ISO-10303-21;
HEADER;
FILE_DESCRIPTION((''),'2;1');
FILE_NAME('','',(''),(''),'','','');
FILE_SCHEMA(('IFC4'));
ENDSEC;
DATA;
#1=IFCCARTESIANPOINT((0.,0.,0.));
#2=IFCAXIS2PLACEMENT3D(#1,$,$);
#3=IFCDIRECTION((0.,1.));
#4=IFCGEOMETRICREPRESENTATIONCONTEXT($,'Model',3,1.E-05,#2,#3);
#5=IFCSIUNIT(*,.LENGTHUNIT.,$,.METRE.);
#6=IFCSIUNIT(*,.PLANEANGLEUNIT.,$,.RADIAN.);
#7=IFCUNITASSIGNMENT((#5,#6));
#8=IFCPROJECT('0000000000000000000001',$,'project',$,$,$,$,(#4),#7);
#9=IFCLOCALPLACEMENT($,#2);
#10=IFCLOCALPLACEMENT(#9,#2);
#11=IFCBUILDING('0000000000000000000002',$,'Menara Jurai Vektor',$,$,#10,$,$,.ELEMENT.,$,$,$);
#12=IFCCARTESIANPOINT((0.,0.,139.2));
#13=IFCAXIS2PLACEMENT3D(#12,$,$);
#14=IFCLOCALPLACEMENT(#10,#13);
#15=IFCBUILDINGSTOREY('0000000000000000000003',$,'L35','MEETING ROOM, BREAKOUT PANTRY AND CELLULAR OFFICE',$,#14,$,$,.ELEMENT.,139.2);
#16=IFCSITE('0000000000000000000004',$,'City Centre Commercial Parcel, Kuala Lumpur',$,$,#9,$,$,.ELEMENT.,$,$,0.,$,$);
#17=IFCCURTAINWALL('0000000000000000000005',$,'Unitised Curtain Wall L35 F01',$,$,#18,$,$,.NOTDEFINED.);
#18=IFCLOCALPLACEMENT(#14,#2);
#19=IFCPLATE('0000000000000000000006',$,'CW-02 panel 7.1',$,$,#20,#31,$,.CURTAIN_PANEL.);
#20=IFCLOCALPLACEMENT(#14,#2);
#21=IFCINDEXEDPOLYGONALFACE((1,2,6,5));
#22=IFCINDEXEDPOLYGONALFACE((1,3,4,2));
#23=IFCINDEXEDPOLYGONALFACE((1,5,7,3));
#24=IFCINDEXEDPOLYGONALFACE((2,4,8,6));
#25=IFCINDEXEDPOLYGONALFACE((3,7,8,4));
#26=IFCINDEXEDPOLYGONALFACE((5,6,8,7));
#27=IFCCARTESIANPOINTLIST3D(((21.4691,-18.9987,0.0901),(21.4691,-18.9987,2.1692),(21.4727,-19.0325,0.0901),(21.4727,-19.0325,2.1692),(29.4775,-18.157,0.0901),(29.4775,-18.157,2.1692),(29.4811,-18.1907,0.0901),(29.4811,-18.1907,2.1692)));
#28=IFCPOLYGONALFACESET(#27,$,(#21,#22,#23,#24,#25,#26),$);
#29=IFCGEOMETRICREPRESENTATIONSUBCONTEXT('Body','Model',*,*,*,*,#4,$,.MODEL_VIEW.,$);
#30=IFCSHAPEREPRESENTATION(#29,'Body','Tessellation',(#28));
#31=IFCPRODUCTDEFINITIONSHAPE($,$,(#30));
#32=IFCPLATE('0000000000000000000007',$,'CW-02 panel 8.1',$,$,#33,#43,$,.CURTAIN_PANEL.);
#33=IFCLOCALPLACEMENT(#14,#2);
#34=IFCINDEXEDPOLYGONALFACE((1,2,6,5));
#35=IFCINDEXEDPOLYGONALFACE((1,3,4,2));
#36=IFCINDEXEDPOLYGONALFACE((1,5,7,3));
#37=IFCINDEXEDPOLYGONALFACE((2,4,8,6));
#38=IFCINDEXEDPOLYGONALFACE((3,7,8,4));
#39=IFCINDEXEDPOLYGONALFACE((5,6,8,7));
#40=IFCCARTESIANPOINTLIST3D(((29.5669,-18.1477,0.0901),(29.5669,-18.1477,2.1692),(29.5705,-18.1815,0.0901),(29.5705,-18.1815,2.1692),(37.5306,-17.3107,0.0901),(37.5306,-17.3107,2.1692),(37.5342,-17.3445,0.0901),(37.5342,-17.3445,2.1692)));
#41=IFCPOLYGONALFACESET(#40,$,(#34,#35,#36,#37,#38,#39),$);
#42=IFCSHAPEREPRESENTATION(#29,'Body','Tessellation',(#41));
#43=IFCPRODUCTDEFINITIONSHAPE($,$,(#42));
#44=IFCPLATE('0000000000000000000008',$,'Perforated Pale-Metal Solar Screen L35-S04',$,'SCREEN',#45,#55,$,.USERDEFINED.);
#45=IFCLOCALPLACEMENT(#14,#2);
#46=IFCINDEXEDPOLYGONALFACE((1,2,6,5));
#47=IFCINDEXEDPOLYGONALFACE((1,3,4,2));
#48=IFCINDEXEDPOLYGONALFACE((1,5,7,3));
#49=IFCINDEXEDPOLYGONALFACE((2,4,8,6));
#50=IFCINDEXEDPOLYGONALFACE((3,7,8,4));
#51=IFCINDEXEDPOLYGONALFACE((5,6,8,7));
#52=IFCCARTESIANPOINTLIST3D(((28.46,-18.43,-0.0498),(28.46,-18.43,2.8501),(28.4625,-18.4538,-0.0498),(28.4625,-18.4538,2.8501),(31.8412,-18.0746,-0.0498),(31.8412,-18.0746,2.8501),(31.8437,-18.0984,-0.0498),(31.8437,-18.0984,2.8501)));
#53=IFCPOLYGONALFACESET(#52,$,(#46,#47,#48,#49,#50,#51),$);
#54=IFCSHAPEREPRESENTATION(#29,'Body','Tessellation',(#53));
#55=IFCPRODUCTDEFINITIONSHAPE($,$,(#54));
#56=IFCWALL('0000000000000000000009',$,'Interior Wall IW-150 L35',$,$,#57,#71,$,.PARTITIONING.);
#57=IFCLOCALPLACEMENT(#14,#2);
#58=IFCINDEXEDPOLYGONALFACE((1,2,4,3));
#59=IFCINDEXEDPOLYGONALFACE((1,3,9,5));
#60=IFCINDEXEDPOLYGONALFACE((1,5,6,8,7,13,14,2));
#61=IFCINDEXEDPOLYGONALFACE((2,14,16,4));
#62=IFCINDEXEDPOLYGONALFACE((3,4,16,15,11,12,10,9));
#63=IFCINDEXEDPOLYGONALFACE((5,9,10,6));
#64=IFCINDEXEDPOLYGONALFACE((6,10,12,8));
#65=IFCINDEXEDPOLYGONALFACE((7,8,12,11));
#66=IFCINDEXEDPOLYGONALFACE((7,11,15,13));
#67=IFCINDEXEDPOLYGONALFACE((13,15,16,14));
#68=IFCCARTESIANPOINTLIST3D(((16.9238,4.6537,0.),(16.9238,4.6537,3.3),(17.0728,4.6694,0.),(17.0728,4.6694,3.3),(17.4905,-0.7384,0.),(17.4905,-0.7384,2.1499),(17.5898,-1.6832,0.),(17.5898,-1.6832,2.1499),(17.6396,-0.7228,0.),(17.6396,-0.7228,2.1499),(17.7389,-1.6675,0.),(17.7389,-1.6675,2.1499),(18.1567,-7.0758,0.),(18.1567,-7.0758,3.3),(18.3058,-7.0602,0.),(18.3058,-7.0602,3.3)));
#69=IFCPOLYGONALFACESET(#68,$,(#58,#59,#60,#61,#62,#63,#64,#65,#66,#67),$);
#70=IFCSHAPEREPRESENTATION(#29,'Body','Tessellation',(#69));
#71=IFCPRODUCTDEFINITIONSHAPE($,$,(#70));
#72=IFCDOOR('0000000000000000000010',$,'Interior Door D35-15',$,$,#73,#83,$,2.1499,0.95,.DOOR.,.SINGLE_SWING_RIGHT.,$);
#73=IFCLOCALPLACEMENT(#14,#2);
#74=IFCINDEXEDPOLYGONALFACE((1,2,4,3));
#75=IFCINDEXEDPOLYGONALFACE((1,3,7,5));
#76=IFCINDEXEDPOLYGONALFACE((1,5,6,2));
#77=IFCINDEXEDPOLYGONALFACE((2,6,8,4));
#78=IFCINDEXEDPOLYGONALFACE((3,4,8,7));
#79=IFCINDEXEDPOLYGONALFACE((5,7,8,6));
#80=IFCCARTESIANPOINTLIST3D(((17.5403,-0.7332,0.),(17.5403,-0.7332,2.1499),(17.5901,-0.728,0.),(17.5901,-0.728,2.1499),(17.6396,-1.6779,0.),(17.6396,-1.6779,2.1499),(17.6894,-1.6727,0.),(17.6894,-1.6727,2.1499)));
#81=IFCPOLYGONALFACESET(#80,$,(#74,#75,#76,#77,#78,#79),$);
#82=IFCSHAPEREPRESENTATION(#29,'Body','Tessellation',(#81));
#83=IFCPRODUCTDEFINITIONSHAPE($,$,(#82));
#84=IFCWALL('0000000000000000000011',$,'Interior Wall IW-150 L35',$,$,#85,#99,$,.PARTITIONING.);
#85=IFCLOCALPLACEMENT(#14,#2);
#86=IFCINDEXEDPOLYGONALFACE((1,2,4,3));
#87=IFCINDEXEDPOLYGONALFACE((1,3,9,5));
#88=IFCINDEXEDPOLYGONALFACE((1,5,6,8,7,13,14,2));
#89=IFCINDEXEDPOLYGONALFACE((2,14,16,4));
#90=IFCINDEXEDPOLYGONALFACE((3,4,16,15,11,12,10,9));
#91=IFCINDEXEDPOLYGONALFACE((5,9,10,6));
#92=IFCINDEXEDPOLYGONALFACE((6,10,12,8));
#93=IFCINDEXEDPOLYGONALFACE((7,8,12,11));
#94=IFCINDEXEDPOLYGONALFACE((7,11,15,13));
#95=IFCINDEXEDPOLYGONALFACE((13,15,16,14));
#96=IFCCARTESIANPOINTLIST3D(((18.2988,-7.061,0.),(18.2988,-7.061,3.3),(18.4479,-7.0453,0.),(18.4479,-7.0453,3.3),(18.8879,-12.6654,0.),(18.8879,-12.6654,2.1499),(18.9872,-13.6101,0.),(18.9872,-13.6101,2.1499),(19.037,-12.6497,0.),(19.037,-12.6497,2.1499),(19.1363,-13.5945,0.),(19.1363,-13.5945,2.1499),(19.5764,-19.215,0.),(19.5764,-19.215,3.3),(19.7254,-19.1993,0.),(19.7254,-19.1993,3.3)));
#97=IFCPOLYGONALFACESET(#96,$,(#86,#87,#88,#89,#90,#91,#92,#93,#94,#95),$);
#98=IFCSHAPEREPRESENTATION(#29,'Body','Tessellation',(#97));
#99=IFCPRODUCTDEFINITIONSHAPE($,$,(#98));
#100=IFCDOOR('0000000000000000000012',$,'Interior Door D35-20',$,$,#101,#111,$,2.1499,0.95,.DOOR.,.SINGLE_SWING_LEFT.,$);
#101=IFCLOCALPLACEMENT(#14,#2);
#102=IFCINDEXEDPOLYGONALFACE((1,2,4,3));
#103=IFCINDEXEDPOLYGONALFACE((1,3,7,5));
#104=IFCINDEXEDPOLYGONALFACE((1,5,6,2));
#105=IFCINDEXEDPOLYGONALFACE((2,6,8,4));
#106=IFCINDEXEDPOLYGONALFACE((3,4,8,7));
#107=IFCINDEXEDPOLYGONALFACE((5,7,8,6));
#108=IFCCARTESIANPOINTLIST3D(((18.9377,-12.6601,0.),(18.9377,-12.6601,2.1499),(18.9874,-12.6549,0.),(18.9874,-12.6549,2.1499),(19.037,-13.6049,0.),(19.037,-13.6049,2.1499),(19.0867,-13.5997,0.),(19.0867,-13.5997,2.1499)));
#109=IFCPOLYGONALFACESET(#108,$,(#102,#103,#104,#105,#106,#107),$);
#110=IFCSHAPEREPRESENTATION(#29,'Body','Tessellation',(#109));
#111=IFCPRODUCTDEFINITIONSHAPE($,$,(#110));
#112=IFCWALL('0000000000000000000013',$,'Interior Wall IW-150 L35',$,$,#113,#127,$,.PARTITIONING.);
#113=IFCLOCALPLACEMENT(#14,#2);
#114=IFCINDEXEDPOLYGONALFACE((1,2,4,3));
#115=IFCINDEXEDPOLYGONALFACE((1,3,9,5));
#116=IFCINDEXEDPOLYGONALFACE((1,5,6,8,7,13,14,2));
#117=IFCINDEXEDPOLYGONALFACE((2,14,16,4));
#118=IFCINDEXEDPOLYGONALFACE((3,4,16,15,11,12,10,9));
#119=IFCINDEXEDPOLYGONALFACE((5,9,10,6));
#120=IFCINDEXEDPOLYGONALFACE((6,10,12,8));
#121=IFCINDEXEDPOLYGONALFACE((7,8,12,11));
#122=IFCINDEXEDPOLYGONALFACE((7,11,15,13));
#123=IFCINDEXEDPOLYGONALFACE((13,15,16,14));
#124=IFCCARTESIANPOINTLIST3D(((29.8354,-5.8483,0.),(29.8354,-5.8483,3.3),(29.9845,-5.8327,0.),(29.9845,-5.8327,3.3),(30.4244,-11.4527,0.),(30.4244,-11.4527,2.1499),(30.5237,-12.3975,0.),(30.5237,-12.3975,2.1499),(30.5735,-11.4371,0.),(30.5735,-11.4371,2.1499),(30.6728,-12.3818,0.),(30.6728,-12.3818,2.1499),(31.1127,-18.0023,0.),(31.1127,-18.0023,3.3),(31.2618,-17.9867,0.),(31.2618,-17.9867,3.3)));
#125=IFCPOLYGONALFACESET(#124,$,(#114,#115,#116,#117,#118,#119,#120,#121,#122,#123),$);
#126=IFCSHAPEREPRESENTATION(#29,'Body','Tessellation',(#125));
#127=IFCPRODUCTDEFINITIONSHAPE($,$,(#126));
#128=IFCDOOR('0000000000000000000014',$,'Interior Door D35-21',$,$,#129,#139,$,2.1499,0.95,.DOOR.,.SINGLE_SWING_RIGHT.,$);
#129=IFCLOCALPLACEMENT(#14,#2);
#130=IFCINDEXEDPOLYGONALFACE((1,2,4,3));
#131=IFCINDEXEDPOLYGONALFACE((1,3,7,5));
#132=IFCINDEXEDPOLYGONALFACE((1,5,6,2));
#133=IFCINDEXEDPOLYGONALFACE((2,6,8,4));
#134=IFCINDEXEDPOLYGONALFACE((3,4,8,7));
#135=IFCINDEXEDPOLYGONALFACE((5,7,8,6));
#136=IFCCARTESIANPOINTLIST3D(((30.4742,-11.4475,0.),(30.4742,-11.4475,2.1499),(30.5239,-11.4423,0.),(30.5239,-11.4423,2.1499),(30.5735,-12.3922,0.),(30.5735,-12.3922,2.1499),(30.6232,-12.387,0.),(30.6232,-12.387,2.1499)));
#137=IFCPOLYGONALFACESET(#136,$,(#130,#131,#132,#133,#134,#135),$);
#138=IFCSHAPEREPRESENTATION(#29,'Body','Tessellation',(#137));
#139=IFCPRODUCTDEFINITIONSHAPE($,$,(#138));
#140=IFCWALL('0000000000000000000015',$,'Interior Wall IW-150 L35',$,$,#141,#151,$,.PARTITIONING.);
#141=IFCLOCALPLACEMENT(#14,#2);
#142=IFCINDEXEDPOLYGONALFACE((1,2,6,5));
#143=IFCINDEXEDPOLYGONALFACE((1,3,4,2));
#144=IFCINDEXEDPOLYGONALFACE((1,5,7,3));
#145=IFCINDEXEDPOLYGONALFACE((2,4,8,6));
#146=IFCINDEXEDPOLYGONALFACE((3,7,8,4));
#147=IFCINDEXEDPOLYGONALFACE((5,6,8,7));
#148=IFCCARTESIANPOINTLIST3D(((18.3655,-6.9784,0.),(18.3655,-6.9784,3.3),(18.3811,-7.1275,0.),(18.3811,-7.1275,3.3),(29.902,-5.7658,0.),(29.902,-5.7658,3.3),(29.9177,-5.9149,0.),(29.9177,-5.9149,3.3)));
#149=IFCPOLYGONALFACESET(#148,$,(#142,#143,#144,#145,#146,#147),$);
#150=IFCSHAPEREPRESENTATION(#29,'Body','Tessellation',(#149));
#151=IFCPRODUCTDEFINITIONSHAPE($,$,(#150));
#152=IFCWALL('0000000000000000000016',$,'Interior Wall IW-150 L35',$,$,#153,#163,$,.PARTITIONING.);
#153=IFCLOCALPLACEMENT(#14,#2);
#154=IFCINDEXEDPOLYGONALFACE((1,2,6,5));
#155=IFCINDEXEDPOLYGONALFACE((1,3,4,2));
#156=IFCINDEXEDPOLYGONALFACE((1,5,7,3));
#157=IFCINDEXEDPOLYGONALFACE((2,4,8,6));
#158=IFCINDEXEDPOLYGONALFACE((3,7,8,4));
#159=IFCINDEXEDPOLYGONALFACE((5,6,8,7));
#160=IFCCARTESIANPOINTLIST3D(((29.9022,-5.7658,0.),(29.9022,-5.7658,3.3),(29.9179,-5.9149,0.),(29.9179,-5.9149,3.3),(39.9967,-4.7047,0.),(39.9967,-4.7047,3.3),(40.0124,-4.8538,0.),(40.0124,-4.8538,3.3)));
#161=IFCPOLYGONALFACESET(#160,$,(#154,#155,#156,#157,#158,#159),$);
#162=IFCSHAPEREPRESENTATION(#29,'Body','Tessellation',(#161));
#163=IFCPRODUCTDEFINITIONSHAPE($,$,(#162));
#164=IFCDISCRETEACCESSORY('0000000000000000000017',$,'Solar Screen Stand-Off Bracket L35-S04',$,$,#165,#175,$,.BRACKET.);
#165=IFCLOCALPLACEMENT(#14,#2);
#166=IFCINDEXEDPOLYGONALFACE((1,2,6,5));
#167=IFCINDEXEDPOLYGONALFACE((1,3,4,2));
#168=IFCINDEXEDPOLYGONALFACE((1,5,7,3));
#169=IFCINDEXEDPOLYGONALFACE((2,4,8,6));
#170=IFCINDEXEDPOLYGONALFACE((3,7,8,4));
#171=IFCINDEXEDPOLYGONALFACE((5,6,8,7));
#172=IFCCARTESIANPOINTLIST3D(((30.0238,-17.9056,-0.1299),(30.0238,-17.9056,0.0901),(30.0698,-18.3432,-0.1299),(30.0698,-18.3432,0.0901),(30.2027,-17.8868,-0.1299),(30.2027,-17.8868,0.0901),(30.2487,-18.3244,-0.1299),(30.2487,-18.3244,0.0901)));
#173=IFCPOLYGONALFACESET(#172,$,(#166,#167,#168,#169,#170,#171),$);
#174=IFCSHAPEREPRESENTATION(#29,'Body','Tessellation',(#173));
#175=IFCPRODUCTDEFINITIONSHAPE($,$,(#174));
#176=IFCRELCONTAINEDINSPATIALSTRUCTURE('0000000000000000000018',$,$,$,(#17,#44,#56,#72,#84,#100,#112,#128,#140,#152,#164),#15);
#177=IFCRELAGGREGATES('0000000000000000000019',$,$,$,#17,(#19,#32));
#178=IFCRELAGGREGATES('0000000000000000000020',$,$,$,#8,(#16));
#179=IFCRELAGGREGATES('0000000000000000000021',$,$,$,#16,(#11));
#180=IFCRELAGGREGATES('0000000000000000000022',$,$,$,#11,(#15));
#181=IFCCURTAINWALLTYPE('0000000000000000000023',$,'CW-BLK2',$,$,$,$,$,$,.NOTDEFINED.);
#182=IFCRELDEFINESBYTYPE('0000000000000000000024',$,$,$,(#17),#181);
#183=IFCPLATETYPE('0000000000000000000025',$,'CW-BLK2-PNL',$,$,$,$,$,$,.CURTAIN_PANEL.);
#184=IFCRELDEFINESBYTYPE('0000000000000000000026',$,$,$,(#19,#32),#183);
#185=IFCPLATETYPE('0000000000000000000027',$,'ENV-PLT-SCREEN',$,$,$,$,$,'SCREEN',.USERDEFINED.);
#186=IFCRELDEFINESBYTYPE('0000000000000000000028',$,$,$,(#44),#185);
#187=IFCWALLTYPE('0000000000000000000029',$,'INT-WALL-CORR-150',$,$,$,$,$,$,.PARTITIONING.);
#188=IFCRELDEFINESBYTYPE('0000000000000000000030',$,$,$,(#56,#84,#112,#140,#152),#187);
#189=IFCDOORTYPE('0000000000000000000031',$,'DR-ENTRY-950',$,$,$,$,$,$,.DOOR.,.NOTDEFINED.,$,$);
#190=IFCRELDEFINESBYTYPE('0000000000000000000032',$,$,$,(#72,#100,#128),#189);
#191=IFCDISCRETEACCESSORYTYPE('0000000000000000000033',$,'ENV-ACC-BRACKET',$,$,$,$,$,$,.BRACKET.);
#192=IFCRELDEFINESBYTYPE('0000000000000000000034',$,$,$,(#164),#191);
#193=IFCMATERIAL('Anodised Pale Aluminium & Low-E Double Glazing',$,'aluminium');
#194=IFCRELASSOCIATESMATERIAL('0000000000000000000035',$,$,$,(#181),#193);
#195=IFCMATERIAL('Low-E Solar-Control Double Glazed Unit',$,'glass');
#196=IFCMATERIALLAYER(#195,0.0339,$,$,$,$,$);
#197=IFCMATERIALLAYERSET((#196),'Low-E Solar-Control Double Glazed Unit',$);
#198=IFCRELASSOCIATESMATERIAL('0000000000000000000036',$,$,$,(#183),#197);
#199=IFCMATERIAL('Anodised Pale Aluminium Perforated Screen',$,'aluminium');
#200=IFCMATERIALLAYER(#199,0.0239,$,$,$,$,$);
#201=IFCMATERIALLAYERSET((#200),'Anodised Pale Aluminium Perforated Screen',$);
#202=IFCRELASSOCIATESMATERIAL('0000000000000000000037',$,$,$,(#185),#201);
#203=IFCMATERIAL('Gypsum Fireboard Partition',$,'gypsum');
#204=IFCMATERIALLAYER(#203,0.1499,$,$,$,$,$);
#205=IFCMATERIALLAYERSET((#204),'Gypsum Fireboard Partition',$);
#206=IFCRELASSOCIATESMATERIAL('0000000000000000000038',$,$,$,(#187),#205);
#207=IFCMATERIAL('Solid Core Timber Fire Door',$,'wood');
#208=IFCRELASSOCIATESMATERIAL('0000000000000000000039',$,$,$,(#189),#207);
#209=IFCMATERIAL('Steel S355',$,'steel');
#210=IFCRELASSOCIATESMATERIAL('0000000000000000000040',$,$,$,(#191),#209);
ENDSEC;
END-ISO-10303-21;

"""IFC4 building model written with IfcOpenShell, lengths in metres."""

from ifc_helpers import new_model, si_unit, direction, frame, frame_2d, origin, origin_2d, place, context, subcontext, project, spatial, rectangle, extrude, material, layer, layer_set, type_object, element, fill, aggregate, save


model = new_model("IFC4")

# Units and contexts
model_context = context("Model", 3, precision=1e-05, world=origin(), true_north=direction((0.0, 1.0)))
body_context = subcontext(model_context, "Body", "Model", "MODEL_VIEW")
ifc_project = project(units=[si_unit("LENGTHUNIT", "METRE"), si_unit("PLANEANGLEUNIT", "RADIAN")], contexts=[model_context])

# Site, building, storey
site_placement = place(None, origin())
site = spatial("IfcSite", under=ifc_project, at=site_placement, Name="City Centre Commercial Parcel, Kuala Lumpur", CompositionType="ELEMENT", RefElevation=0.0)
building_placement = place(site_placement, origin())
building = spatial("IfcBuilding", under=site, at=building_placement, Name="Menara Jurai Vektor", CompositionType="ELEMENT")
storey_placement = place(building_placement, frame((0.0, 0.0, 139.2)))
storey = spatial("IfcBuildingStorey", under=building, at=storey_placement, Name="L35", Description="MEETING ROOM, BREAKOUT PANTRY AND CELLULAR OFFICE", CompositionType="ELEMENT", Elevation=139.2)

# Curtain wall
ifc_material_1 = material(Name="Anodised Pale Aluminium & Low-E Double Glazing", Category="aluminium")
curtain_wall_type = type_object("IfcCurtainWallType", Name="CW-BLK2", PredefinedType="NOTDEFINED", material=ifc_material_1)
curtain_wall_placement = place(storey_placement, origin())
curtain_wall = element("IfcCurtainWall", 1, at=curtain_wall_placement, inside=storey, type_object=curtain_wall_type, Name="Unitised Curtain Wall L35 F01", PredefinedType="NOTDEFINED")

# Shared definitions
ifc_material_2 = material(Name="Steel S355", Category="steel")

# Plates
ifc_material_3 = material(Name="Low-E Solar-Control Double Glazed Unit", Category="glass")
ifc_layer_1 = layer(ifc_material_3, 0.0339)
ifc_layer_set_1 = layer_set([ifc_layer_1], Name="Low-E Solar-Control Double Glazed Unit")
plate_type_1 = type_object("IfcPlateType", Name="CW-BLK2-PNL", PredefinedType="CURTAIN_PANEL", material=ifc_layer_set_1)
plate_1_placement = place(storey_placement, frame((25.4751, -18.5947, 0.0901), z_axis=(0.0, 0.0, 1.0), x_axis=(0.994522, 0.104529, 0.0)))
plate_1 = element("IfcPlate", 2, at=plate_1_placement, type_object=plate_type_1, Name="CW-02 panel 7.1", PredefinedType="CURTAIN_PANEL", context=body_context, shape_type="SweptSolid", body=[
    extrude(rectangle(XDim=8.0525, YDim=0.0339, at=origin_2d()), origin(), (0.0, 0.0, 1.0), 2.0791),
])
plate_2_placement = place(storey_placement, frame((33.5505, -17.7461, 0.0901), z_axis=(0.0, 0.0, 1.0), x_axis=(0.994522, 0.104529, 0.0)))
plate_2 = element("IfcPlate", 3, at=plate_2_placement, type_object=plate_type_1, Name="CW-02 panel 8.1", PredefinedType="CURTAIN_PANEL", context=body_context, shape_type="SweptSolid", body=[
    extrude(rectangle(XDim=8.0076, YDim=0.0339, at=origin_2d()), origin(), (0.0, 0.0, 1.0), 2.0791),
])
aggregate(curtain_wall, [plate_1, plate_2])
ifc_material_4 = material(Name="Anodised Pale Aluminium Perforated Screen", Category="aluminium")
ifc_layer_2 = layer(ifc_material_4, 0.0239)
ifc_layer_set_2 = layer_set([ifc_layer_2], Name="Anodised Pale Aluminium Perforated Screen")
plate_type_2 = type_object("IfcPlateType", Name="ENV-PLT-SCREEN", ElementType="SCREEN", PredefinedType="USERDEFINED", material=ifc_layer_set_2)
plate_3_placement = place(storey_placement, frame((30.1519, -18.2642, -0.0498), z_axis=(0.0, 0.0, 1.0), x_axis=(0.994522, 0.104528, 0.0)))
element("IfcPlate", 4, at=plate_3_placement, inside=storey, type_object=plate_type_2, Name="Perforated Pale-Metal Solar Screen L35-S04", ObjectType="SCREEN", PredefinedType="USERDEFINED", context=body_context, shape_type="SweptSolid", body=[
    extrude(rectangle(XDim=3.3999, YDim=0.0239, at=origin_2d()), origin(), (0.0, 0.0, 1.0), 2.8999),
])

# Walls, openings, doors
ifc_material_5 = material(Name="Gypsum Fireboard Partition", Category="gypsum")
ifc_layer_3 = layer(ifc_material_5, 0.1499)
ifc_layer_set_3 = layer_set([ifc_layer_3], Name="Gypsum Fireboard Partition")
wall_type = type_object("IfcWallType", Name="INT-WALL-CORR-150", PredefinedType="PARTITIONING", material=ifc_layer_set_3)
wall_1_placement = place(storey_placement, frame((18.2312, -7.0679, 0.0), z_axis=(0.0, 0.0, 1.0), x_axis=(-0.104536, 0.994521, 0.0)))
wall_1 = element("IfcWall", 5, at=wall_1_placement, inside=storey, type_object=wall_type, Name="Interior Wall IW-150 L35", PredefinedType="PARTITIONING", context=body_context, shape_type="SweptSolid", body=[
    extrude(rectangle(XDim=11.7942, YDim=0.1499, at=frame_2d((5.897, 0.0))), origin(), (0.0, 0.0, 1.0), 3.3),
])
opening_1_placement = place(wall_1_placement, frame((5.4221, 0.0, 0.0)))
opening_1 = element("IfcOpeningElement", 6, at=opening_1_placement, cuts=wall_1, PredefinedType="OPENING", context=body_context, shape_type="SweptSolid", body=[
    extrude(rectangle(XDim=0.95, YDim=2.1499, at=frame_2d((0.4751, 1.075))), frame((0.0, 0.085, 0.0), z_axis=(0.0, -1.0, 0.0), x_axis=(1.0, 0.0, 0.0)), (0.0, 0.0, 1.0), 0.1699),
])
ifc_material_6 = material(Name="Solid Core Timber Fire Door", Category="wood")
door_type = type_object("IfcDoorType", Name="DR-ENTRY-950", OperationType="NOTDEFINED", PredefinedType="DOOR", material=ifc_material_6)
door_1_placement = place(opening_1_placement, origin())
door_1 = element("IfcDoor", 7, at=door_1_placement, inside=storey, type_object=door_type, Name="Interior Door D35-15", OperationType="SINGLE_SWING_RIGHT", OverallHeight=2.1499, OverallWidth=0.95, PredefinedType="DOOR", context=body_context, shape_type="SweptSolid", body=[
    extrude(rectangle(XDim=0.95, YDim=2.1499, at=frame_2d((0.4751, 1.075))), frame((0.0, 0.0249, 0.0), z_axis=(0.0, -1.0, 0.0), x_axis=(1.0, 0.0, 0.0)), (0.0, 0.0, 1.0), 0.05),
])
fill(opening_1, door_1)
wall_2_placement = place(storey_placement, frame((19.6509, -19.207, 0.0), z_axis=(0.0, 0.0, 1.0), x_axis=(-0.10454, 0.994521, 0.0)))
wall_2 = element("IfcWall", 8, at=wall_2_placement, inside=storey, type_object=wall_type, Name="Interior Wall IW-150 L35", PredefinedType="PARTITIONING", context=body_context, shape_type="SweptSolid", body=[
    extrude(rectangle(XDim=12.2209, YDim=0.1499, at=frame_2d((6.1104, 0.0))), origin(), (0.0, 0.0, 1.0), 3.3),
])
opening_2_placement = place(wall_2_placement, frame((5.6355, 0.0, 0.0)))
opening_2 = element("IfcOpeningElement", 9, at=opening_2_placement, cuts=wall_2, PredefinedType="OPENING", context=body_context, shape_type="SweptSolid", body=[
    extrude(rectangle(XDim=0.95, YDim=2.1499, at=frame_2d((0.4751, 1.075))), frame((0.0, 0.085, 0.0), z_axis=(0.0, -1.0, 0.0), x_axis=(1.0, 0.0, 0.0)), (0.0, 0.0, 1.0), 0.1699),
])
door_2_placement = place(opening_2_placement, origin())
door_2 = element("IfcDoor", 10, at=door_2_placement, inside=storey, type_object=door_type, Name="Interior Door D35-20", OperationType="SINGLE_SWING_LEFT", OverallHeight=2.1499, OverallWidth=0.95, PredefinedType="DOOR", context=body_context, shape_type="SweptSolid", body=[
    extrude(rectangle(XDim=0.95, YDim=2.1499, at=frame_2d((0.4751, 1.075))), frame((0.0, 0.0249, 0.0), z_axis=(0.0, -1.0, 0.0), x_axis=(1.0, 0.0, 0.0)), (0.0, 0.0, 1.0), 0.05),
])
fill(opening_2, door_2)
wall_3_placement = place(storey_placement, frame((31.1873, -17.9944, 0.0), z_axis=(0.0, 0.0, 1.0), x_axis=(-0.10452, 0.994523, 0.0)))
wall_3 = element("IfcWall", 11, at=wall_3_placement, inside=storey, type_object=wall_type, Name="Interior Wall IW-150 L35", PredefinedType="PARTITIONING", context=body_context, shape_type="SweptSolid", body=[
    extrude(rectangle(XDim=12.2209, YDim=0.1499, at=frame_2d((6.1104, 0.0))), origin(), (0.0, 0.0, 1.0), 3.3),
])
opening_3_placement = place(wall_3_placement, frame((5.6355, 0.0, 0.0)))
opening_3 = element("IfcOpeningElement", 12, at=opening_3_placement, cuts=wall_3, PredefinedType="OPENING", context=body_context, shape_type="SweptSolid", body=[
    extrude(rectangle(XDim=0.95, YDim=2.1499, at=frame_2d((0.4751, 1.075))), frame((0.0, 0.085, 0.0), z_axis=(0.0, -1.0, 0.0), x_axis=(1.0, 0.0, 0.0)), (0.0, 0.0, 1.0), 0.1699),
])
door_3_placement = place(opening_3_placement, origin())
door_3 = element("IfcDoor", 13, at=door_3_placement, inside=storey, type_object=door_type, Name="Interior Door D35-21", OperationType="SINGLE_SWING_RIGHT", OverallHeight=2.1499, OverallWidth=0.95, PredefinedType="DOOR", context=body_context, shape_type="SweptSolid", body=[
    extrude(rectangle(XDim=0.95, YDim=2.1499, at=frame_2d((0.4751, 1.075))), frame((0.0, 0.0249, 0.0), z_axis=(0.0, -1.0, 0.0), x_axis=(1.0, 0.0, 0.0)), (0.0, 0.0, 1.0), 0.05),
])
fill(opening_3, door_3)

# Walls
wall_4_placement = place(storey_placement, frame((18.3733, -7.053, 0.0), z_axis=(0.0, 0.0, 1.0), x_axis=(0.994521, 0.104537, 0.0)))
element("IfcWall", 14, at=wall_4_placement, inside=storey, type_object=wall_type, Name="Interior Wall IW-150 L35", PredefinedType="PARTITIONING", context=body_context, shape_type="SweptSolid", body=[
    extrude(rectangle(XDim=11.6001, YDim=0.1499, at=frame_2d((5.8, 0.0))), origin(), (0.0, 0.0, 1.0), 3.3),
])
wall_5_placement = place(storey_placement, frame((29.9099, -5.8403, 0.0), z_axis=(0.0, 0.0, 1.0), x_axis=(0.994521, 0.104535, 0.0)))
element("IfcWall", 15, at=wall_5_placement, inside=storey, type_object=wall_type, Name="Interior Wall IW-150 L35", PredefinedType="PARTITIONING", context=body_context, shape_type="SweptSolid", body=[
    extrude(rectangle(XDim=10.1501, YDim=0.1499, at=frame_2d((5.0752, 0.0))), origin(), (0.0, 0.0, 1.0), 3.3),
])

# Discrete accessory
discrete_accessory_type = type_object("IfcDiscreteAccessoryType", Name="ENV-ACC-BRACKET", PredefinedType="BRACKET", material=ifc_material_2)
discrete_accessory_placement = place(storey_placement, frame((30.1362, -18.115, -0.1299), z_axis=(0.0, 0.0, 1.0), x_axis=(0.994522, 0.104528, 0.0)))
element("IfcDiscreteAccessory", 16, at=discrete_accessory_placement, inside=storey, type_object=discrete_accessory_type, Name="Solar Screen Stand-Off Bracket L35-S04", PredefinedType="BRACKET", context=body_context, shape_type="SweptSolid", body=[
    extrude(rectangle(XDim=0.1799, YDim=0.4399, at=origin_2d()), origin(), (0.0, 0.0, 1.0), 0.22),
])

save(model, "model.ifc")
